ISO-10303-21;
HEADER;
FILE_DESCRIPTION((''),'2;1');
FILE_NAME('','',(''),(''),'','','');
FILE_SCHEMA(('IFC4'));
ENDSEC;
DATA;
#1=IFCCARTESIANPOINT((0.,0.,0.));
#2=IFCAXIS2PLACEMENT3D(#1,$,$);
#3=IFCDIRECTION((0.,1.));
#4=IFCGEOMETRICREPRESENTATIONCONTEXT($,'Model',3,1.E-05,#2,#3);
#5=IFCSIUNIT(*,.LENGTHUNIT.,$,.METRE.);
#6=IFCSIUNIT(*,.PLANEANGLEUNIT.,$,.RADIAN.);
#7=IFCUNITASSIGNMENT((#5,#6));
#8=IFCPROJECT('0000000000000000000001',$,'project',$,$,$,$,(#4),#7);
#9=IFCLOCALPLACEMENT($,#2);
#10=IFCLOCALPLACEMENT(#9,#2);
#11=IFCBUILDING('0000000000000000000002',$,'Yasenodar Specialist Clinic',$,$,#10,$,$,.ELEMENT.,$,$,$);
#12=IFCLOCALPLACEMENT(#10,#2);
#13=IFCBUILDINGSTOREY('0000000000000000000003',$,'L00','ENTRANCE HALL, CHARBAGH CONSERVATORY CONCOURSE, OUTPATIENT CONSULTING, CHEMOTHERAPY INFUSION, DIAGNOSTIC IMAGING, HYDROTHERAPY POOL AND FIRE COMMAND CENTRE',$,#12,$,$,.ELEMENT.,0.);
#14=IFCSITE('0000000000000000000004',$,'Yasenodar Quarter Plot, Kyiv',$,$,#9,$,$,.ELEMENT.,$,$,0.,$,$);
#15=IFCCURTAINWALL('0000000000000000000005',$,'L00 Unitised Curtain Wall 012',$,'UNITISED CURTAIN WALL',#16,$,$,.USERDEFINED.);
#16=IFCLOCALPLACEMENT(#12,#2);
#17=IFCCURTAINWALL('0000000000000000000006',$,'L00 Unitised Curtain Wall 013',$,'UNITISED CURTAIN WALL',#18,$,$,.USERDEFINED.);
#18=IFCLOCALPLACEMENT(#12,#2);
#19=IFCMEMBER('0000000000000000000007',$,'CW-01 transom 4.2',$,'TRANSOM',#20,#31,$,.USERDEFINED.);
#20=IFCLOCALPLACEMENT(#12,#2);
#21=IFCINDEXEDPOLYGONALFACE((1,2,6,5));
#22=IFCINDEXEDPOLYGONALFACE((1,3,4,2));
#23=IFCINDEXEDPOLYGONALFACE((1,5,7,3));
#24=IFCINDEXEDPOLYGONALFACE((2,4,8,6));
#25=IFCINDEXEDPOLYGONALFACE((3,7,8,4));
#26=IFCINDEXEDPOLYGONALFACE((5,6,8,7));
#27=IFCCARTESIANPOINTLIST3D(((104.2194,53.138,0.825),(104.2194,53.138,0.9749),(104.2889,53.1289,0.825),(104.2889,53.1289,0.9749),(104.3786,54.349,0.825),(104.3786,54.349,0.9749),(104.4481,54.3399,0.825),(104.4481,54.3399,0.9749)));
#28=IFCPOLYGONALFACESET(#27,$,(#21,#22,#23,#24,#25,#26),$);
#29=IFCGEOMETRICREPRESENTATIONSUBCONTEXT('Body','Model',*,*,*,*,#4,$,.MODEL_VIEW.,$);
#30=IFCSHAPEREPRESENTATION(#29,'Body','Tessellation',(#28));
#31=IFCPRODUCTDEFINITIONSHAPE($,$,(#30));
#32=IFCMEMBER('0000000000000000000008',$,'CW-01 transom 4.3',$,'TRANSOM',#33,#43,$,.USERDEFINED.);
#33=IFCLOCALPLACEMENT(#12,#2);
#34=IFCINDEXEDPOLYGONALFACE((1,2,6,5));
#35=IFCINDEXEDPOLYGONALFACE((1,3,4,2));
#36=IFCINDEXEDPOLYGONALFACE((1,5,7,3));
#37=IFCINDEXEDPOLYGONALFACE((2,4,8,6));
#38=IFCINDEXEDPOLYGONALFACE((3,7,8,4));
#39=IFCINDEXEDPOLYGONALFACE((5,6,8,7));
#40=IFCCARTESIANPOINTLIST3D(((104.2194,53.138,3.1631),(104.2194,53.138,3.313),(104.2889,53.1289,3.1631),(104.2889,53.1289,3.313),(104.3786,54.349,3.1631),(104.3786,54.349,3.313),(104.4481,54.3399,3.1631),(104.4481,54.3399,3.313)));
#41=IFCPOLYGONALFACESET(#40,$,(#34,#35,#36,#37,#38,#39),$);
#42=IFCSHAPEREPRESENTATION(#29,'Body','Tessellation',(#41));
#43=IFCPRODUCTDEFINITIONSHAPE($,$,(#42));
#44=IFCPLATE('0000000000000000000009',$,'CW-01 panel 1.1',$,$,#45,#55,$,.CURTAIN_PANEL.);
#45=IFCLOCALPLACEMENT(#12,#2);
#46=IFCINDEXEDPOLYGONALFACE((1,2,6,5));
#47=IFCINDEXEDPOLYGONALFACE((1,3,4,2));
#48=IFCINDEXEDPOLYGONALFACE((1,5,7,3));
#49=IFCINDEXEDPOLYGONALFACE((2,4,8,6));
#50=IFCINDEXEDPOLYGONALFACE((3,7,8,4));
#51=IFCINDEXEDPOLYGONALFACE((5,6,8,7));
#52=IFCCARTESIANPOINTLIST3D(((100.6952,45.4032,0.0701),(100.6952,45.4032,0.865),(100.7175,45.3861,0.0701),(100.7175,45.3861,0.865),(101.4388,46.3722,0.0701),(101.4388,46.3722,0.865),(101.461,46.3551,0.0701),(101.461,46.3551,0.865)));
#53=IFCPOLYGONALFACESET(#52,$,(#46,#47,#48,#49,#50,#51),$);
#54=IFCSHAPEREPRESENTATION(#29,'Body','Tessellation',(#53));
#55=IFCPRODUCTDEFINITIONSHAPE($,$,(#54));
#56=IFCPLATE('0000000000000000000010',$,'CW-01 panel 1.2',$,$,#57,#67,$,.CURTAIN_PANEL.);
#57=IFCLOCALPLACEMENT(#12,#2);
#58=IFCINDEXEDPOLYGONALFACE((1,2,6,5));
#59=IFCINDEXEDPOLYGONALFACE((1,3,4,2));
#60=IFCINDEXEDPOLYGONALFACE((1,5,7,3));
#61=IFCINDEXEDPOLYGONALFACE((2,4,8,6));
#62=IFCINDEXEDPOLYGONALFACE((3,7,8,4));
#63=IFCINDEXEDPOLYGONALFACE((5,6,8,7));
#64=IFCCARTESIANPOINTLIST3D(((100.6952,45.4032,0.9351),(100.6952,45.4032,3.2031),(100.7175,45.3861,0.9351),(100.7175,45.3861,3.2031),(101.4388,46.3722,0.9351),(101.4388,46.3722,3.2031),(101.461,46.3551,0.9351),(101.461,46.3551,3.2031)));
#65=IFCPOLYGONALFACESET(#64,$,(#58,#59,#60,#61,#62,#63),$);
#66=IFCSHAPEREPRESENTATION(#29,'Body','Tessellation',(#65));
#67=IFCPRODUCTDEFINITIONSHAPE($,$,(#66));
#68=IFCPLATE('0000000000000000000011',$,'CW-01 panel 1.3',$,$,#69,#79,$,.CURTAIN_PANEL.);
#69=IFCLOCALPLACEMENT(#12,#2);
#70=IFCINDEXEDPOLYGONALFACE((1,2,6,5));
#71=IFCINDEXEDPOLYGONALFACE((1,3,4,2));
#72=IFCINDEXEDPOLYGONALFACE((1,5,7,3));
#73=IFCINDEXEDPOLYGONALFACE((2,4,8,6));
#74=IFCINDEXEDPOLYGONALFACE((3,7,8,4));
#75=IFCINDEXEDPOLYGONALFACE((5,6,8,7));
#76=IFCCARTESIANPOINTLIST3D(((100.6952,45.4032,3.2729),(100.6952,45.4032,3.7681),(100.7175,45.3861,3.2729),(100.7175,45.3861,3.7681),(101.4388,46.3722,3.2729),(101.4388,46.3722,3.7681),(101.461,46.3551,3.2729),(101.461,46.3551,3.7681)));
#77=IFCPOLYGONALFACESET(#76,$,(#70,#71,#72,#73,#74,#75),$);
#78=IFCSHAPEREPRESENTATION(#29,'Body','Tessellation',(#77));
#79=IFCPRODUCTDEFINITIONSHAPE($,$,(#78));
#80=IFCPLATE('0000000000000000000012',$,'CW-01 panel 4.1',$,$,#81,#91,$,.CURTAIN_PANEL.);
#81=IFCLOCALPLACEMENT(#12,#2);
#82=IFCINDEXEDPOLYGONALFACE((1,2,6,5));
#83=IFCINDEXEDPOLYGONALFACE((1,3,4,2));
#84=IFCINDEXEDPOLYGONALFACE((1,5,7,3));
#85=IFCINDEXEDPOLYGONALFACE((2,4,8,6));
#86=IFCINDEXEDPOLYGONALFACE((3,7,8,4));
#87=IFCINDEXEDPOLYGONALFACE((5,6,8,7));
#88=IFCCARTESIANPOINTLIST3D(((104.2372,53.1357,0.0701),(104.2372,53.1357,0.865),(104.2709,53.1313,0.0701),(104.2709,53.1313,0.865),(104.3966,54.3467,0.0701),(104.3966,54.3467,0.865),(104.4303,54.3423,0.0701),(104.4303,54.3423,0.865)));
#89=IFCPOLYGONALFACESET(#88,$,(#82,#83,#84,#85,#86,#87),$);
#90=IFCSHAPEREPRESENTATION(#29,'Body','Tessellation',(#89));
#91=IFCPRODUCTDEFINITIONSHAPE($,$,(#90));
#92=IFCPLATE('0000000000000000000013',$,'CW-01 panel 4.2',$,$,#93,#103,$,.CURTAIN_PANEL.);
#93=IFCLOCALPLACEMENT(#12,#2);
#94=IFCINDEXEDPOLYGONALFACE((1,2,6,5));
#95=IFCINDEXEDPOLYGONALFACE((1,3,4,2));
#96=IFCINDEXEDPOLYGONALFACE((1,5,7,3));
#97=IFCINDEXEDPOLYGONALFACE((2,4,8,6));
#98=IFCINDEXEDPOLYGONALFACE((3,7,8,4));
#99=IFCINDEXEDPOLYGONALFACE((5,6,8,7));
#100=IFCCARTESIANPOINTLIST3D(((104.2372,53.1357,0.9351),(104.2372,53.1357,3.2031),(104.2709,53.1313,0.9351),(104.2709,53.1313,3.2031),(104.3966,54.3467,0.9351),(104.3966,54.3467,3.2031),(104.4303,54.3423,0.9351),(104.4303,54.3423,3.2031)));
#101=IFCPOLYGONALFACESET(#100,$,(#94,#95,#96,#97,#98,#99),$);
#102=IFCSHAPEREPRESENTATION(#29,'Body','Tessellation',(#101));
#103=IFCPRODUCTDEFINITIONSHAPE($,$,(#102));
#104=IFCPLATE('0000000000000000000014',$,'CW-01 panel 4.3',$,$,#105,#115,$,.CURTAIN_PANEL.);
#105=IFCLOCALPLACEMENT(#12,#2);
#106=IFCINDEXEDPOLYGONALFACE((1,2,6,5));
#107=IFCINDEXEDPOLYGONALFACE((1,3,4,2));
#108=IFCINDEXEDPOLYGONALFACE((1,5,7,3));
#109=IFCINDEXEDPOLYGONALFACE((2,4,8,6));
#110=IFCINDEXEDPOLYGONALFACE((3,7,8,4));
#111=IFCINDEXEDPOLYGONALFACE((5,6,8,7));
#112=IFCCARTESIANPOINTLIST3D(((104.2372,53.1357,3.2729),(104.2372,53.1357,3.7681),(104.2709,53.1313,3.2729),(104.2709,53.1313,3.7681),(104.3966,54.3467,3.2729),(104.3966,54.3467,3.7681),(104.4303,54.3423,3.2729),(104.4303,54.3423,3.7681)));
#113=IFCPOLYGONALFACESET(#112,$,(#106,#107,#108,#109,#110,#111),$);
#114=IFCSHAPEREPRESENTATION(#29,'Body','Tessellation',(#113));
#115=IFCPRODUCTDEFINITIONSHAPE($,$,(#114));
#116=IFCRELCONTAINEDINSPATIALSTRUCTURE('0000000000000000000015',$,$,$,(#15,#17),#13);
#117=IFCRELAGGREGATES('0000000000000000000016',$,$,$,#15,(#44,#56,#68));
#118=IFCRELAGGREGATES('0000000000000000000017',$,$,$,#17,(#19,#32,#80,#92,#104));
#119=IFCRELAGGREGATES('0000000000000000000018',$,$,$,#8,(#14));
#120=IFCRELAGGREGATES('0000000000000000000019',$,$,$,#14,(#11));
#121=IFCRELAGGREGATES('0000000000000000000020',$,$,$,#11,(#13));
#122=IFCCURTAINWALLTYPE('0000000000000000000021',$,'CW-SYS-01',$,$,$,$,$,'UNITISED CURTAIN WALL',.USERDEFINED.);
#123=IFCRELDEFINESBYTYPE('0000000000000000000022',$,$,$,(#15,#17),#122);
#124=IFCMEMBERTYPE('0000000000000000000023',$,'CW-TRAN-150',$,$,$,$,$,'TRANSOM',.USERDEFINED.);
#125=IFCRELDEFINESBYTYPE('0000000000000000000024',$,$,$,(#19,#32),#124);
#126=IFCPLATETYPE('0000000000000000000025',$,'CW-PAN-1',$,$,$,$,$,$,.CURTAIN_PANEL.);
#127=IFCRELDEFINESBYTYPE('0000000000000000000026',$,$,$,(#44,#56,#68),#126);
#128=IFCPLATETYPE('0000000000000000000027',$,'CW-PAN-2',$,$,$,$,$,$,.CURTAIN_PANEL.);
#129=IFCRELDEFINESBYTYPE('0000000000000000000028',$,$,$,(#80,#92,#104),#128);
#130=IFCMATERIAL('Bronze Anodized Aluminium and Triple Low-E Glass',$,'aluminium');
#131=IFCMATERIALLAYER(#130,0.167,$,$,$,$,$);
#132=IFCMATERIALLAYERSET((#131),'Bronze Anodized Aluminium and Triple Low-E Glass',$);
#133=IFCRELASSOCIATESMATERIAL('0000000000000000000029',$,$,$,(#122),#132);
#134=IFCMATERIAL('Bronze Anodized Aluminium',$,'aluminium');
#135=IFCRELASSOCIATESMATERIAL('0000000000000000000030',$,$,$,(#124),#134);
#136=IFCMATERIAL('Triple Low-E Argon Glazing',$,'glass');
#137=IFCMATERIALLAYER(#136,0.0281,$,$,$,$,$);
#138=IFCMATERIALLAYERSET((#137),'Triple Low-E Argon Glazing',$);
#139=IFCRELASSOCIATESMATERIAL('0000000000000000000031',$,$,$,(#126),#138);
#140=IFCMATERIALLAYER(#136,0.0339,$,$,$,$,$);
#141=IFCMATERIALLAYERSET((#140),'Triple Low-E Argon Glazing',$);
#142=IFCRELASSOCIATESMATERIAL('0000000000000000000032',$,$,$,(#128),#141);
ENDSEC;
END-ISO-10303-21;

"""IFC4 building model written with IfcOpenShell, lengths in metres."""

from ifc_helpers import new_model, si_unit, direction, frame, origin, origin_2d, place, context, subcontext, project, spatial, rectangle, extrude, material, layer, layer_set, material_profile, profile_set, type_object, element, aggregate, save


model = new_model("IFC4")

# Units and contexts
model_context = context("Model", 3, precision=1e-05, world=origin(), true_north=direction((0.0, 1.0)))
body_context = subcontext(model_context, "Body", "Model", "MODEL_VIEW")
ifc_project = project(units=[si_unit("LENGTHUNIT", "METRE"), si_unit("PLANEANGLEUNIT", "RADIAN")], contexts=[model_context])

# Site, building, storey
site_placement = place(None, origin())
site = spatial("IfcSite", under=ifc_project, at=site_placement, Name="Yasenodar Quarter Plot, Kyiv", CompositionType="ELEMENT", RefElevation=0.0)
building_placement = place(site_placement, origin())
building = spatial("IfcBuilding", under=site, at=building_placement, Name="Yasenodar Specialist Clinic", CompositionType="ELEMENT")
storey_placement = place(building_placement, origin())
storey = spatial("IfcBuildingStorey", under=building, at=storey_placement, Name="L00", Description="ENTRANCE HALL, CHARBAGH CONSERVATORY CONCOURSE, OUTPATIENT CONSULTING, CHEMOTHERAPY INFUSION, DIAGNOSTIC IMAGING, HYDROTHERAPY POOL AND FIRE COMMAND CENTRE", CompositionType="ELEMENT", Elevation=0.0)

# Curtain wall
ifc_material_1 = material(Name="Bronze Anodized Aluminium and Triple Low-E Glass", Category="aluminium")
ifc_layer_1 = layer(ifc_material_1, 0.167)
ifc_layer_set_1 = layer_set([ifc_layer_1], Name="Bronze Anodized Aluminium and Triple Low-E Glass")
curtain_wall_type = type_object("IfcCurtainWallType", Name="CW-SYS-01", ElementType="UNITISED CURTAIN WALL", PredefinedType="USERDEFINED", material=ifc_layer_set_1)
curtain_wall_1_placement = place(storey_placement, origin())
curtain_wall_1 = element("IfcCurtainWall", 1, at=curtain_wall_1_placement, inside=storey, type_object=curtain_wall_type, Name="L00 Unitised Curtain Wall 012", ObjectType="UNITISED CURTAIN WALL", PredefinedType="USERDEFINED")
ifc_material_2 = material(Name="Bronze Anodized Aluminium", Category="aluminium")

# Curtain wall
curtain_wall_2_placement = place(storey_placement, origin())
curtain_wall_2 = element("IfcCurtainWall", 2, at=curtain_wall_2_placement, inside=storey, type_object=curtain_wall_type, Name="L00 Unitised Curtain Wall 013", ObjectType="UNITISED CURTAIN WALL", PredefinedType="USERDEFINED")

# Members
ifc_material_profile_1 = material_profile(ifc_material_2, rectangle(XDim=0.0701, YDim=0.1499, at=origin_2d()), Name="CW-TRAN 70x150")
ifc_profile_set_1 = profile_set([ifc_material_profile_1], Name="Bronze Anodized Aluminium")
member_type_1 = type_object("IfcMemberType", Name="CW-TRAN-150", ElementType="TRANSOM", PredefinedType="USERDEFINED", material=ifc_profile_set_1)
member_1_placement = place(storey_placement, frame((104.4133, 54.3445, 0.8999), z_axis=(-0.13033, -0.991471, 0.0), x_axis=(0.991471, -0.13033, 0.0)))
member_1 = element("IfcMember", 3, at=member_1_placement, type_object=member_type_1, Name="CW-01 transom 4.2", ObjectType="TRANSOM", PredefinedType="USERDEFINED", context=body_context, shape_type="SweptSolid", body=[
    extrude(rectangle(XDim=0.0701, YDim=0.1499, at=origin_2d()), origin(), (0.0, 0.0, 1.0), 1.2214),
])
member_2_placement = place(storey_placement, frame((104.4133, 54.3445, 3.238), z_axis=(-0.13033, -0.991471, 0.0), x_axis=(0.991471, -0.13033, 0.0)))
member_2 = element("IfcMember", 4, at=member_2_placement, type_object=member_type_1, Name="CW-01 transom 4.3", ObjectType="TRANSOM", PredefinedType="USERDEFINED", context=body_context, shape_type="SweptSolid", body=[
    extrude(rectangle(XDim=0.0701, YDim=0.1499, at=origin_2d()), origin(), (0.0, 0.0, 1.0), 1.2214),
])

# Plates
ifc_material_3 = material(Name="Triple Low-E Argon Glazing", Category="glass")
ifc_layer_2 = layer(ifc_material_3, 0.0281)
ifc_layer_set_2 = layer_set([ifc_layer_2], Name="Triple Low-E Argon Glazing")
plate_type_1 = type_object("IfcPlateType", Name="CW-PAN-1", PredefinedType="CURTAIN_PANEL", material=ifc_layer_set_2)
plate_1_placement = place(storey_placement, frame((101.0781, 45.8792, 0.0701), z_axis=(0.0, 0.0, 1.0), x_axis=(-0.608752, -0.793361, 0.0)))
plate_1 = element("IfcPlate", 5, at=plate_1_placement, type_object=plate_type_1, Name="CW-01 panel 1.1", PredefinedType="CURTAIN_PANEL", context=body_context, shape_type="SweptSolid", body=[
    extrude(rectangle(XDim=1.2214, YDim=0.0281, at=origin_2d()), origin(), (0.0, 0.0, 1.0), 0.7949),
])
plate_2_placement = place(storey_placement, frame((101.0781, 45.8792, 0.9351), z_axis=(0.0, 0.0, 1.0), x_axis=(-0.608752, -0.793361, 0.0)))
plate_2 = element("IfcPlate", 6, at=plate_2_placement, type_object=plate_type_1, Name="CW-01 panel 1.2", PredefinedType="CURTAIN_PANEL", context=body_context, shape_type="SweptSolid", body=[
    extrude(rectangle(XDim=1.2214, YDim=0.0281, at=origin_2d()), origin(), (0.0, 0.0, 1.0), 2.2681),
])
plate_3_placement = place(storey_placement, frame((101.0781, 45.8792, 3.2729), z_axis=(0.0, 0.0, 1.0), x_axis=(-0.608752, -0.793361, 0.0)))
plate_3 = element("IfcPlate", 7, at=plate_3_placement, type_object=plate_type_1, Name="CW-01 panel 1.3", PredefinedType="CURTAIN_PANEL", context=body_context, shape_type="SweptSolid", body=[
    extrude(rectangle(XDim=1.2214, YDim=0.0281, at=origin_2d()), origin(), (0.0, 0.0, 1.0), 0.4951),
])
aggregate(curtain_wall_1, [plate_1, plate_2, plate_3])
ifc_layer_3 = layer(ifc_material_3, 0.0339)
ifc_layer_set_3 = layer_set([ifc_layer_3], Name="Triple Low-E Argon Glazing")
plate_type_2 = type_object("IfcPlateType", Name="CW-PAN-2", PredefinedType="CURTAIN_PANEL", material=ifc_layer_set_3)
plate_4_placement = place(storey_placement, frame((104.3337, 53.739, 0.0701), z_axis=(0.0, 0.0, 1.0), x_axis=(-0.130512, -0.991447, 0.0)))
plate_4 = element("IfcPlate", 8, at=plate_4_placement, type_object=plate_type_2, Name="CW-01 panel 4.1", PredefinedType="CURTAIN_PANEL", context=body_context, shape_type="SweptSolid", body=[
    extrude(rectangle(XDim=1.2214, YDim=0.0339, at=origin_2d()), origin(), (0.0, 0.0, 1.0), 0.7949),
])
plate_5_placement = place(storey_placement, frame((104.3337, 53.739, 0.9351), z_axis=(0.0, 0.0, 1.0), x_axis=(-0.130512, -0.991447, 0.0)))
plate_5 = element("IfcPlate", 9, at=plate_5_placement, type_object=plate_type_2, Name="CW-01 panel 4.2", PredefinedType="CURTAIN_PANEL", context=body_context, shape_type="SweptSolid", body=[
    extrude(rectangle(XDim=1.2214, YDim=0.0339, at=origin_2d()), origin(), (0.0, 0.0, 1.0), 2.2681),
])
plate_6_placement = place(storey_placement, frame((104.3337, 53.739, 3.2729), z_axis=(0.0, 0.0, 1.0), x_axis=(-0.130512, -0.991447, 0.0)))
plate_6 = element("IfcPlate", 10, at=plate_6_placement, type_object=plate_type_2, Name="CW-01 panel 4.3", PredefinedType="CURTAIN_PANEL", context=body_context, shape_type="SweptSolid", body=[
    extrude(rectangle(XDim=1.2214, YDim=0.0339, at=origin_2d()), origin(), (0.0, 0.0, 1.0), 0.4951),
])
aggregate(curtain_wall_2, [member_1, member_2, plate_4, plate_5, plate_6])

save(model, "model.ifc")
